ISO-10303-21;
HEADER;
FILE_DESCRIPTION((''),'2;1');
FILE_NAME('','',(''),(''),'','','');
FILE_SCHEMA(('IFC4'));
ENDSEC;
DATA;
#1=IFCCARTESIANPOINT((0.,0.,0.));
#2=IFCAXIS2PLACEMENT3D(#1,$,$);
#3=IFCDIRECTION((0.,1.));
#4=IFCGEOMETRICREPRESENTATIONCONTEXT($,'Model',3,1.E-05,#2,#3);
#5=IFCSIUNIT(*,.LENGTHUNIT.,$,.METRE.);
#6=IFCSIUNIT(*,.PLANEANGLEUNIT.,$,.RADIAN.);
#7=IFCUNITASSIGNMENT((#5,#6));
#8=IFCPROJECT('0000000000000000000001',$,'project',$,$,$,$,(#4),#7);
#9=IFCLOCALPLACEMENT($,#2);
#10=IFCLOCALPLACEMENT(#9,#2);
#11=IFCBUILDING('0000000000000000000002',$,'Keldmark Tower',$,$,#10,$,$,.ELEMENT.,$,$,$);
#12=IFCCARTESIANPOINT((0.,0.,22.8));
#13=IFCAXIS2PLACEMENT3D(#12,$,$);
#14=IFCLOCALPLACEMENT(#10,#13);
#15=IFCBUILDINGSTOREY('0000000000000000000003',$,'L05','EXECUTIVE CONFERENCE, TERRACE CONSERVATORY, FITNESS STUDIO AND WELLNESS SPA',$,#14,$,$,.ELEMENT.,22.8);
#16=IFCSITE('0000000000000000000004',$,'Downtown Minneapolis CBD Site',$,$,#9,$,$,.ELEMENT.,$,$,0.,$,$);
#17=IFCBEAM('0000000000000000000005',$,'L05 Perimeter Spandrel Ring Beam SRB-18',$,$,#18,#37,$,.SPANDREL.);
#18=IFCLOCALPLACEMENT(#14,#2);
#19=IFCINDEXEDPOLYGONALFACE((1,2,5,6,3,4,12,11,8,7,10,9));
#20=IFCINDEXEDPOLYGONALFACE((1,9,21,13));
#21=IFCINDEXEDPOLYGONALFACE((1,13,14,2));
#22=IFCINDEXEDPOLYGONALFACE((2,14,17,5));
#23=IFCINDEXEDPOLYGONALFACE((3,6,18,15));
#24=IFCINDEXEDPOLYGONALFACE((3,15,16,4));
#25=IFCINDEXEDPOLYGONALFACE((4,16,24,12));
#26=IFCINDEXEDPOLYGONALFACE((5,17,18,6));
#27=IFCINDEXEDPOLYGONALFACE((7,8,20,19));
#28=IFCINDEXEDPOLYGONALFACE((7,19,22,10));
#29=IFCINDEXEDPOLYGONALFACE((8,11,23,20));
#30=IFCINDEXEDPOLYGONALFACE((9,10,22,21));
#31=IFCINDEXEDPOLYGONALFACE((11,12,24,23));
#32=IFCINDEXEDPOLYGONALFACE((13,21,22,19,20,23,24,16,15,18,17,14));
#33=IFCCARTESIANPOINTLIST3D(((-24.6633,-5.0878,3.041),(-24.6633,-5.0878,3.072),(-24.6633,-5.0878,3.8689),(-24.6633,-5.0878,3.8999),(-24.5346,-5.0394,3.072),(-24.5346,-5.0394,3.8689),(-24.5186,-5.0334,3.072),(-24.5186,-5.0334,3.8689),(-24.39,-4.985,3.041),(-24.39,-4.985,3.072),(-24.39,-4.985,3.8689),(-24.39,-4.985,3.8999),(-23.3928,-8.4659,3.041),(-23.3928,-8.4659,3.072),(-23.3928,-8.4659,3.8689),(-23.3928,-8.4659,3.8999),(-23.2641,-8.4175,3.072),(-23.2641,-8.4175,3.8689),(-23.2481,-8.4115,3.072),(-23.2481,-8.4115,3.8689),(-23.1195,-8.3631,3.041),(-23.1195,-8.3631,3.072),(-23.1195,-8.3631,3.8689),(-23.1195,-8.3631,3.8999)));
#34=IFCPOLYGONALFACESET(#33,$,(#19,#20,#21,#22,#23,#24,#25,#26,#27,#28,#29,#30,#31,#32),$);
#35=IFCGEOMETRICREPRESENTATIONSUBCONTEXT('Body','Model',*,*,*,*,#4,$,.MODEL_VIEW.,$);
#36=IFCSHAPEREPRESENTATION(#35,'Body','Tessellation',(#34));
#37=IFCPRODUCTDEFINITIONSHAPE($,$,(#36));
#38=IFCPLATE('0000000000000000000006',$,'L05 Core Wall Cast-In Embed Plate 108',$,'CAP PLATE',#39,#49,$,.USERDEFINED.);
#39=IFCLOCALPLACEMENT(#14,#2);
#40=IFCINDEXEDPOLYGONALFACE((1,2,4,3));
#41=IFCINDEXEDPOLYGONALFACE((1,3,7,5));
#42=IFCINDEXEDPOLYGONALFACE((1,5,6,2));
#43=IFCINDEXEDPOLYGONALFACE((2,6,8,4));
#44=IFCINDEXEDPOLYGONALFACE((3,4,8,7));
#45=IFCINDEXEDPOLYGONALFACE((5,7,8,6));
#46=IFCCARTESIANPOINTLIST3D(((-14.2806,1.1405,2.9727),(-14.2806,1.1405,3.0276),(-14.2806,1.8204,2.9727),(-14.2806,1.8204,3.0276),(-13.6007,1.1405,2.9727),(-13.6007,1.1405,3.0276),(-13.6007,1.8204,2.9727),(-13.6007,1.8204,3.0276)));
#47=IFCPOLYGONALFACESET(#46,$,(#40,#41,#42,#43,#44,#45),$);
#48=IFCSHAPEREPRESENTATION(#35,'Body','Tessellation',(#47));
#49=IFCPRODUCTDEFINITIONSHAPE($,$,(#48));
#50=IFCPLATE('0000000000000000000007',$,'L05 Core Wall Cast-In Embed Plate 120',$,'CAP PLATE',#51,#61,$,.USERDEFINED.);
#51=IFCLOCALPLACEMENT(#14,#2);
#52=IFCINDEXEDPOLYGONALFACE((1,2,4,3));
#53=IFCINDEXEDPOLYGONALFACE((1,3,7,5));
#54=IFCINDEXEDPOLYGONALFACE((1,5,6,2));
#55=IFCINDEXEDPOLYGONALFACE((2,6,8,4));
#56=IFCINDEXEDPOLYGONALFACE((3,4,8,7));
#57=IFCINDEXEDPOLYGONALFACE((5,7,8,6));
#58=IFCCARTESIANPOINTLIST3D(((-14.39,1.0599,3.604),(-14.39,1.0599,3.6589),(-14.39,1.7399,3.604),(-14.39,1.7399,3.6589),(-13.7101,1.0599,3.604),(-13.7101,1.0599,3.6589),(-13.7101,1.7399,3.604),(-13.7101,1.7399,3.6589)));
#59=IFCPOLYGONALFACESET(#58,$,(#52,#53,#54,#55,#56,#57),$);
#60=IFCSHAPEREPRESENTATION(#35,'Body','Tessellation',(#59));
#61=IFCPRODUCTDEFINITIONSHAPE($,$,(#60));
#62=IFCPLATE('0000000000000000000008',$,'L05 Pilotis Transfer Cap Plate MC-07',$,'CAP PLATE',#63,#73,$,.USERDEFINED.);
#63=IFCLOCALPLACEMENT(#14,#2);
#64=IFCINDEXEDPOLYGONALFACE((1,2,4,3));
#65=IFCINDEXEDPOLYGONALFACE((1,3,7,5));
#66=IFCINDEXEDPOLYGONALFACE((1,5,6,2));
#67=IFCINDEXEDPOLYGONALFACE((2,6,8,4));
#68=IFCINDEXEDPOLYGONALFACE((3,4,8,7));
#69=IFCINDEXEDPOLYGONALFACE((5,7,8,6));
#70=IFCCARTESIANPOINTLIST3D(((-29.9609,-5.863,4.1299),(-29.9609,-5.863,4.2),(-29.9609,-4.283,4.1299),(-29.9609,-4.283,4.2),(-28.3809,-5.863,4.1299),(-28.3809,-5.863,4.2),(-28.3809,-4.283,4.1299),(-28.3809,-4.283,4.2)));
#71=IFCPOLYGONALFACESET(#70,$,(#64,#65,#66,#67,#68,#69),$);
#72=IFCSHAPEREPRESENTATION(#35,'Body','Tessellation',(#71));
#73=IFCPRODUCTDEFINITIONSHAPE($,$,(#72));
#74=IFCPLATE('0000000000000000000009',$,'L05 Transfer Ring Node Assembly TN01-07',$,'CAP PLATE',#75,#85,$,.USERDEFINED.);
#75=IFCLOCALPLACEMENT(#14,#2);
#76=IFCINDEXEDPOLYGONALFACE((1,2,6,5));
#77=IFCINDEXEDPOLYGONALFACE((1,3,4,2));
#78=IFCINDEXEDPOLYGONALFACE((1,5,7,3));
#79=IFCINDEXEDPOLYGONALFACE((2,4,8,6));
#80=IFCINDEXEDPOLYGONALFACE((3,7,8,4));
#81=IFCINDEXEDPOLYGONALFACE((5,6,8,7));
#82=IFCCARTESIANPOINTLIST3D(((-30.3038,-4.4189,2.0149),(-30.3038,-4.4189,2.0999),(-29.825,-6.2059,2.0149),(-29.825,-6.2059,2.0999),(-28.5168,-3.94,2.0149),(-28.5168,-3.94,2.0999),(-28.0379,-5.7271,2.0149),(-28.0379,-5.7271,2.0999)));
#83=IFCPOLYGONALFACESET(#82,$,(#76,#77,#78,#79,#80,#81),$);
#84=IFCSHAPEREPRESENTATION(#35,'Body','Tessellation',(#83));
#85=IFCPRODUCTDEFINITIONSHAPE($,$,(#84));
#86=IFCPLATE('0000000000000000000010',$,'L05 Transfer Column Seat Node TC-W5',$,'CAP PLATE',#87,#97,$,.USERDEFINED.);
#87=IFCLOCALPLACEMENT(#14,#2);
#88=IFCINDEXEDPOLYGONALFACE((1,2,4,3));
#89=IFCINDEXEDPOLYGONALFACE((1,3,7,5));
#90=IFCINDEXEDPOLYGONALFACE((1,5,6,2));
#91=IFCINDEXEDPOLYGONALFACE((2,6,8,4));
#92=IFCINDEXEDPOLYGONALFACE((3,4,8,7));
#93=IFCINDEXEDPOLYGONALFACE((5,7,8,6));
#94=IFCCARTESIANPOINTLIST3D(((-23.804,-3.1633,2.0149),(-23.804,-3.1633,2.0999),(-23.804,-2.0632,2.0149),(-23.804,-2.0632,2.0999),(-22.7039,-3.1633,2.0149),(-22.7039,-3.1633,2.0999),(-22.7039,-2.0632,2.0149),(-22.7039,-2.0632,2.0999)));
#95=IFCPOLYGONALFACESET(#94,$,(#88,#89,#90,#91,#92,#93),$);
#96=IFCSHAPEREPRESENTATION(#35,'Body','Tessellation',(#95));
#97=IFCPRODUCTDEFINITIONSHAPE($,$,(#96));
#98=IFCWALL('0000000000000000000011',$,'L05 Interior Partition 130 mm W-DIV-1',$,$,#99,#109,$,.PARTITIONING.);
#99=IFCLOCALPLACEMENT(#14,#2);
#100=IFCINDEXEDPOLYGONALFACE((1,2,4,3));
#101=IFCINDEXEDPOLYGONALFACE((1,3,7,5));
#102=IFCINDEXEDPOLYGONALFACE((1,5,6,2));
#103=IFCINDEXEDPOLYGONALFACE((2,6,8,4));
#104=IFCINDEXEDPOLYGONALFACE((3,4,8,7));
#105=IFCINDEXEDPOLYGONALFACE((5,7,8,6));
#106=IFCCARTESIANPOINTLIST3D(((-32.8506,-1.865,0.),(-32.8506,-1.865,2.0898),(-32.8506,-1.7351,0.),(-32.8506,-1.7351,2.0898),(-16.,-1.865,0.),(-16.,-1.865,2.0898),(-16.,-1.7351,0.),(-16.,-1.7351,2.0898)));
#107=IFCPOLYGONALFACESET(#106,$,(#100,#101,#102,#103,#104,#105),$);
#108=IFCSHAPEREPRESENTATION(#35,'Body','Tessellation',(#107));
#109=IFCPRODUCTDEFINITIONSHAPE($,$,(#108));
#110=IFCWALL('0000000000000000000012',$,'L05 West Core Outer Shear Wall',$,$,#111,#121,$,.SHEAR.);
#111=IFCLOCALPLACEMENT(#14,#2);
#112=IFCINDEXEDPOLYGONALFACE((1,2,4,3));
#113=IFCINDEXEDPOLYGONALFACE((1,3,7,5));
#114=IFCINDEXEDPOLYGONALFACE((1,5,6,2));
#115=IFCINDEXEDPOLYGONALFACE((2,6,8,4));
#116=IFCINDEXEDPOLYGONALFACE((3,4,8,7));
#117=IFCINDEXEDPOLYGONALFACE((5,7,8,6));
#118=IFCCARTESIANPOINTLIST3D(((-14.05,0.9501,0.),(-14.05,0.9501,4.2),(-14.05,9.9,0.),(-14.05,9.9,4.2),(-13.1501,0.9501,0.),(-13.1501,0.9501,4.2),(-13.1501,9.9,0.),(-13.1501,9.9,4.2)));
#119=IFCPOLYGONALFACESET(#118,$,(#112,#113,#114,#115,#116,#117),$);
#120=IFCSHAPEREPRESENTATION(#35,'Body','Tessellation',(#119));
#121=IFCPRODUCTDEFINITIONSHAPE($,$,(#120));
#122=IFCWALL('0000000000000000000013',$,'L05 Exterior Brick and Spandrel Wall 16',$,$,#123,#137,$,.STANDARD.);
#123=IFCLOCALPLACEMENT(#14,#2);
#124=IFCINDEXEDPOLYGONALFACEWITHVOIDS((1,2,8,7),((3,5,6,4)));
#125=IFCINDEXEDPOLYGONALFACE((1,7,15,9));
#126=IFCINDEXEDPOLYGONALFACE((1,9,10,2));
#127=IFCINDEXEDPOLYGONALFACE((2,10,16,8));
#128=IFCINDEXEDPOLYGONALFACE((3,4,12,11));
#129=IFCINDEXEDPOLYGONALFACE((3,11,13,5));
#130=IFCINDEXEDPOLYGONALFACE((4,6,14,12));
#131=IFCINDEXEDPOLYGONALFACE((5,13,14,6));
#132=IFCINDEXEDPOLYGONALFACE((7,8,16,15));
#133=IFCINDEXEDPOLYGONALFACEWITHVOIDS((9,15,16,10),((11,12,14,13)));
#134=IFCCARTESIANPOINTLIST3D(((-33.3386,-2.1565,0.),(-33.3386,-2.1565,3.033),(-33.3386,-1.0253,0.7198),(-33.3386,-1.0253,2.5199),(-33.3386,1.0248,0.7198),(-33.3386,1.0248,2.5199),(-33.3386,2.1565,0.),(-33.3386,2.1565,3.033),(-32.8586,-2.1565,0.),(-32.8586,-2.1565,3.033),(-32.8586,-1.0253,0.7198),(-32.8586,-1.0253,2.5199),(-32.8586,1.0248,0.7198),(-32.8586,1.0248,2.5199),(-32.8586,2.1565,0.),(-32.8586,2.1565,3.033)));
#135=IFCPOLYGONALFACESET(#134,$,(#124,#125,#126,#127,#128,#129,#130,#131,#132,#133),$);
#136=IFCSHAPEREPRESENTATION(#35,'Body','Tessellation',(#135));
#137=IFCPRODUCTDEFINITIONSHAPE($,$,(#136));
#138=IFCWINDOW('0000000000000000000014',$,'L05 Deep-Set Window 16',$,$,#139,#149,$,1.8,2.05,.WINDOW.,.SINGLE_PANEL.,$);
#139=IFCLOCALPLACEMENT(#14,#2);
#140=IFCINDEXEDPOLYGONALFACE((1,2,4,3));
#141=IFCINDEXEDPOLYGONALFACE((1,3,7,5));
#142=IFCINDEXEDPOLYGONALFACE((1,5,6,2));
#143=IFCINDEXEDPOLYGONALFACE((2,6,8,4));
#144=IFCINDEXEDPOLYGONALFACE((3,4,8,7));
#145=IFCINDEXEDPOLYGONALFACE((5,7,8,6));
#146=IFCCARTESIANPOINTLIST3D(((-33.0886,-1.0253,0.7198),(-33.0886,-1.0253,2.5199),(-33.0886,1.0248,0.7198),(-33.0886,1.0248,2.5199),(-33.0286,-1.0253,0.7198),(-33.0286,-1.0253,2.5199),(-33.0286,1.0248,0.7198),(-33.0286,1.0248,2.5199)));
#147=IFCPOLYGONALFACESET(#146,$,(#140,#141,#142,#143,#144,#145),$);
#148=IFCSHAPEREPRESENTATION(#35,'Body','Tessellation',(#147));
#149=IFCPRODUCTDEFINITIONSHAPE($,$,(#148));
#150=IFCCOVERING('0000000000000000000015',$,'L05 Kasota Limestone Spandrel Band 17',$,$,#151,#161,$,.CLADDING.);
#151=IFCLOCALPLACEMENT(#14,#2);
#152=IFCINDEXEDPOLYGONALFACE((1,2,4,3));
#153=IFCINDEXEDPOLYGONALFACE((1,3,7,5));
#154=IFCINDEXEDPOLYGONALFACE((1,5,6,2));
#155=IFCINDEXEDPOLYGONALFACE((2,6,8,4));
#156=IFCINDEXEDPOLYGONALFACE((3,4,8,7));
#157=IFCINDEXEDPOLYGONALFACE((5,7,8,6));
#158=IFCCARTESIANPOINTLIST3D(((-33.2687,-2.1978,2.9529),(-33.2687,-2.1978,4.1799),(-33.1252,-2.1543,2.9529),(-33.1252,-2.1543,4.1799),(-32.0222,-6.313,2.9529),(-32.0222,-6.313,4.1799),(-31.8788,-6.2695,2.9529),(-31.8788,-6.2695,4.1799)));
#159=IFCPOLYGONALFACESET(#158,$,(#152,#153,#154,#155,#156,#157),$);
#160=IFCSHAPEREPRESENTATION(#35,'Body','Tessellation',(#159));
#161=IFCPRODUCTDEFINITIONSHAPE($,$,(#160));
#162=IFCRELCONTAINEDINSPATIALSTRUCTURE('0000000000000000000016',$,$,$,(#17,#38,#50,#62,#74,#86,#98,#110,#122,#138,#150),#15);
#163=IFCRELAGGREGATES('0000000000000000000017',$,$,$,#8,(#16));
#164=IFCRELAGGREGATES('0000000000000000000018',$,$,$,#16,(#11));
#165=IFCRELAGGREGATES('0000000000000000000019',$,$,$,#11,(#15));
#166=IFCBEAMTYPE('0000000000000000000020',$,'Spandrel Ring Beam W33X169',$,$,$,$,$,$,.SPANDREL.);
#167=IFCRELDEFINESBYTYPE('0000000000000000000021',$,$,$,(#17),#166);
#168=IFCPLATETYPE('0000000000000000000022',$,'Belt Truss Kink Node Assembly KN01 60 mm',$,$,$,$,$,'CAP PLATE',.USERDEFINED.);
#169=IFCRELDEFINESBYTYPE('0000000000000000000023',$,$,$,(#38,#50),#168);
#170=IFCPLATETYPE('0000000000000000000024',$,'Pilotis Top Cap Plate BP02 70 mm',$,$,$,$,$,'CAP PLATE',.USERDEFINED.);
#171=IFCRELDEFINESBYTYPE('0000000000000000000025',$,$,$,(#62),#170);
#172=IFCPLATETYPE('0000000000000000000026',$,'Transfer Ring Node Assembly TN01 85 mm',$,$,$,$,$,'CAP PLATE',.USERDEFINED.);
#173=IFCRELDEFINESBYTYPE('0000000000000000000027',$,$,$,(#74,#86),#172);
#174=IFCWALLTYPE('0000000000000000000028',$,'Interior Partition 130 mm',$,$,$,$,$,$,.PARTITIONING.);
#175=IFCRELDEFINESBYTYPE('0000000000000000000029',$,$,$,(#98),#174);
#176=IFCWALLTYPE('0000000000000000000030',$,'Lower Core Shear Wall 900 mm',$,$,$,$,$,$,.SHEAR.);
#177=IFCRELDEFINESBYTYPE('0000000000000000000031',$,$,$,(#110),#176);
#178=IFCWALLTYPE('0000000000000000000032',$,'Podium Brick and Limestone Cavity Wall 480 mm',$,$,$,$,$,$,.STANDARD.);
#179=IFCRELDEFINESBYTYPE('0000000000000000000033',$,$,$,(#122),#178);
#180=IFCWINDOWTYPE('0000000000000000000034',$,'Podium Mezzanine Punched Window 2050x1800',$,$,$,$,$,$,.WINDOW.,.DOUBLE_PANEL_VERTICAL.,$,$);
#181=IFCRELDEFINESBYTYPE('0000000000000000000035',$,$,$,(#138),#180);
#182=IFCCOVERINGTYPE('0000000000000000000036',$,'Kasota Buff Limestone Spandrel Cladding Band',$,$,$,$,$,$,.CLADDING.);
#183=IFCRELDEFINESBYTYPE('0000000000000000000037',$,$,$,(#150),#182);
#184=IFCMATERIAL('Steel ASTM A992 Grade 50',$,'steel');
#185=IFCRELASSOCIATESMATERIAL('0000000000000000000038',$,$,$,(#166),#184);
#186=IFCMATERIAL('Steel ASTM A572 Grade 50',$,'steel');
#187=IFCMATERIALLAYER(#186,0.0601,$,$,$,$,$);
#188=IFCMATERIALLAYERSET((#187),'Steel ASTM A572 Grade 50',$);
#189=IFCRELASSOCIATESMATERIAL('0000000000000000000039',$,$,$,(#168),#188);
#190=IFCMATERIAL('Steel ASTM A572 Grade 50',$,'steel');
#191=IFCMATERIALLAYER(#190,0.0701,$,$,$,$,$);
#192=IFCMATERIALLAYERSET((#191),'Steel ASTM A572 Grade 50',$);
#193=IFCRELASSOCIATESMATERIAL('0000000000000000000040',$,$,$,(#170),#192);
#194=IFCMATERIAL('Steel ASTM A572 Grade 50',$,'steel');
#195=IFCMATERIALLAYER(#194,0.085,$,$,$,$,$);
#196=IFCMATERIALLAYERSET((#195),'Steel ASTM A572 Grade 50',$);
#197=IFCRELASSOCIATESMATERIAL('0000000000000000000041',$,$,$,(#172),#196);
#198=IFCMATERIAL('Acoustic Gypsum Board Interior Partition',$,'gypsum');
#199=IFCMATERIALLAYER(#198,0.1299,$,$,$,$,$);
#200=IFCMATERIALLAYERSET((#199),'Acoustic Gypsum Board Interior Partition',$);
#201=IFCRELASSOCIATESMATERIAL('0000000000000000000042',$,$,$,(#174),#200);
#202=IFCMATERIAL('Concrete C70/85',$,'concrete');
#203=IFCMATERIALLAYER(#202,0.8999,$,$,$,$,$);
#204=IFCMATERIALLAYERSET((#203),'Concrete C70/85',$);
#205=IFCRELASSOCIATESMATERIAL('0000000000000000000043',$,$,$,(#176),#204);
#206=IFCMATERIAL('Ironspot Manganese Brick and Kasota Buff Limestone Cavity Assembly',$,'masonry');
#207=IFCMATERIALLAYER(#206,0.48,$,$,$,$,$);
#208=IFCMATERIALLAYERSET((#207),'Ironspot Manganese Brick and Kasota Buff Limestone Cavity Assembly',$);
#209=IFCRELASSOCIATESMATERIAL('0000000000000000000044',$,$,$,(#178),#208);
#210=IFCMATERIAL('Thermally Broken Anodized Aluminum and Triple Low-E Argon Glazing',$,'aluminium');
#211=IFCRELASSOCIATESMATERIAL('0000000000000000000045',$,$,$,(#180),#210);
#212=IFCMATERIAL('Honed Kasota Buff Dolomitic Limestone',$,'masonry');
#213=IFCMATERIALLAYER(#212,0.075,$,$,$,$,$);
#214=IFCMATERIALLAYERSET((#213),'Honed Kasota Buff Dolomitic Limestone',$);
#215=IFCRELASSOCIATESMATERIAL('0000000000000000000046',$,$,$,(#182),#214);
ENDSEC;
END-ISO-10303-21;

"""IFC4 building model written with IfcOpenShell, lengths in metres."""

from ifc_helpers import new_model, si_unit, direction, frame, frame_2d, origin, origin_2d, place, context, subcontext, project, spatial, rectangle, i_section, extrude, material, layer, layer_set, material_profile, profile_set, type_object, element, fill, save


model = new_model("IFC4")

# Units and contexts
model_context = context("Model", 3, precision=1e-05, world=origin(), true_north=direction((0.0, 1.0)))
body_context = subcontext(model_context, "Body", "Model", "MODEL_VIEW")
ifc_project = project(units=[si_unit("LENGTHUNIT", "METRE"), si_unit("PLANEANGLEUNIT", "RADIAN")], contexts=[model_context])

# Site, building, storey
site_placement = place(None, origin())
site = spatial("IfcSite", under=ifc_project, at=site_placement, Name="Downtown Minneapolis CBD Site", CompositionType="ELEMENT", RefElevation=0.0)
building_placement = place(site_placement, origin())
building = spatial("IfcBuilding", under=site, at=building_placement, Name="Keldmark Tower", CompositionType="ELEMENT")
storey_placement = place(building_placement, frame((0.0, 0.0, 22.8)))
storey = spatial("IfcBuildingStorey", under=building, at=storey_placement, Name="L05", Description="EXECUTIVE CONFERENCE, TERRACE CONSERVATORY, FITNESS STUDIO AND WELLNESS SPA", CompositionType="ELEMENT", Elevation=22.8)

# Beam
ifc_material_1 = material(Name="Steel ASTM A992 Grade 50", Category="steel")
ifc_material_profile_1 = material_profile(ifc_material_1, i_section(OverallWidth=0.292, OverallDepth=0.8589, WebThickness=0.0171, FlangeThickness=0.031, at=origin_2d()), Name="W33X169")
ifc_profile_set_1 = profile_set([ifc_material_profile_1], Name="Steel ASTM A992 Grade 50")
beam_type_1 = type_object("IfcBeamType", Name="Spandrel Ring Beam W33X169", PredefinedType="SPANDREL", material=ifc_profile_set_1)
beam_1_placement = place(storey_placement, frame((-24.5266, -5.0364, 3.4705), z_axis=(0.35202, -0.935992, 0.0), x_axis=(0.935992, 0.35202, 0.0)))
element("IfcBeam", 1, at=beam_1_placement, inside=storey, type_object=beam_type_1, Name="L05 Perimeter Spandrel Ring Beam SRB-18", PredefinedType="SPANDREL", context=body_context, shape_type="SweptSolid", body=[
    extrude(i_section(OverallWidth=0.292, OverallDepth=0.8589, WebThickness=0.0171, FlangeThickness=0.031, at=origin_2d()), origin(), (0.0, 0.0, 1.0), 3.6091),
])

# Plates
ifc_material_2 = material(Name="Steel ASTM A572 Grade 50", Category="steel")
ifc_layer_1 = layer(ifc_material_2, 0.0601)
ifc_layer_set_1 = layer_set([ifc_layer_1], Name="Steel ASTM A572 Grade 50")
plate_type_1 = type_object("IfcPlateType", Name="Belt Truss Kink Node Assembly KN01 60 mm", ElementType="CAP PLATE", PredefinedType="USERDEFINED", material=ifc_layer_set_1)
for number, where, z_axis, x_axis, name in (
    (2, (-13.9407, 1.4805, 2.9727), (0.0, 0.0, 1.0), (1.0, 0.0, 0.0), "L05 Core Wall Cast-In Embed Plate 108"),
    (3, (-14.05, 1.3999, 3.604), (0.0, 0.0, 1.0), (1.0, 0.0, 0.0), "L05 Core Wall Cast-In Embed Plate 120"),
):
    element("IfcPlate", number, at=place(storey_placement, frame(where, z_axis=z_axis, x_axis=x_axis)), inside=storey, type_object=plate_type_1, Name=name, ObjectType="CAP PLATE", PredefinedType="USERDEFINED", context=body_context, shape_type="SweptSolid", body=[
        extrude(rectangle(XDim=0.6799, YDim=0.6799, at=origin_2d()), origin(), (0.0, 0.0, 1.0), 0.0549),
    ])
ifc_material_3 = material(Name="Steel ASTM A572 Grade 50", Category="steel")
ifc_layer_2 = layer(ifc_material_3, 0.0701)
ifc_layer_set_2 = layer_set([ifc_layer_2], Name="Steel ASTM A572 Grade 50")
plate_type_2 = type_object("IfcPlateType", Name="Pilotis Top Cap Plate BP02 70 mm", ElementType="CAP PLATE", PredefinedType="USERDEFINED", material=ifc_layer_set_2)
plate_1_placement = place(storey_placement, frame((-29.1709, -5.073, 4.1299), z_axis=(0.0, 0.0, 1.0), x_axis=(1.0, 0.0, 0.0)))
element("IfcPlate", 4, at=plate_1_placement, inside=storey, type_object=plate_type_2, Name="L05 Pilotis Transfer Cap Plate MC-07", ObjectType="CAP PLATE", PredefinedType="USERDEFINED", context=body_context, shape_type="SweptSolid", body=[
    extrude(rectangle(XDim=1.5801, YDim=1.5801, at=origin_2d()), origin(), (0.0, 0.0, 1.0), 0.0701),
])
ifc_material_4 = material(Name="Steel ASTM A572 Grade 50", Category="steel")
ifc_layer_3 = layer(ifc_material_4, 0.085)
ifc_layer_set_3 = layer_set([ifc_layer_3], Name="Steel ASTM A572 Grade 50")
plate_type_3 = type_object("IfcPlateType", Name="Transfer Ring Node Assembly TN01 85 mm", ElementType="CAP PLATE", PredefinedType="USERDEFINED", material=ifc_layer_set_3)
plate_2_placement = place(storey_placement, frame((-29.1709, -5.073, 2.0149), z_axis=(0.0, 0.0, 1.0), x_axis=(-0.965926, -0.258819, 0.0)))
element("IfcPlate", 5, at=plate_2_placement, inside=storey, type_object=plate_type_3, Name="L05 Transfer Ring Node Assembly TN01-07", ObjectType="CAP PLATE", PredefinedType="USERDEFINED", context=body_context, shape_type="SweptSolid", body=[
    extrude(rectangle(XDim=1.8501, YDim=1.8501, at=origin_2d()), origin(), (0.0, 0.0, 1.0), 0.085),
])
plate_3_placement = place(storey_placement, frame((-23.2539, -2.6133, 2.0149), z_axis=(0.0, 0.0, 1.0), x_axis=(1.0, 0.0, 0.0)))
element("IfcPlate", 6, at=plate_3_placement, inside=storey, type_object=plate_type_3, Name="L05 Transfer Column Seat Node TC-W5", ObjectType="CAP PLATE", PredefinedType="USERDEFINED", context=body_context, shape_type="SweptSolid", body=[
    extrude(rectangle(XDim=1.1001, YDim=1.1001, at=origin_2d()), origin(), (0.0, 0.0, 1.0), 0.085),
])

# Walls
ifc_material_5 = material(Name="Acoustic Gypsum Board Interior Partition", Category="gypsum")
ifc_layer_4 = layer(ifc_material_5, 0.1299)
ifc_layer_set_4 = layer_set([ifc_layer_4], Name="Acoustic Gypsum Board Interior Partition")
wall_type_1 = type_object("IfcWallType", Name="Interior Partition 130 mm", PredefinedType="PARTITIONING", material=ifc_layer_set_4)
wall_1_placement = place(storey_placement, frame((-32.8506, -1.8, 0.0), z_axis=(0.0, 0.0, 1.0), x_axis=(1.0, 0.0, 0.0)))
element("IfcWall", 7, at=wall_1_placement, inside=storey, type_object=wall_type_1, Name="L05 Interior Partition 130 mm W-DIV-1", PredefinedType="PARTITIONING", context=body_context, shape_type="SweptSolid", body=[
    extrude(rectangle(XDim=16.8506, YDim=0.1299, at=frame_2d((8.4253, 0.0))), origin(), (0.0, 0.0, 1.0), 2.0898),
])
ifc_material_6 = material(Name="Concrete C70/85", Category="concrete")
ifc_layer_5 = layer(ifc_material_6, 0.8999)
ifc_layer_set_5 = layer_set([ifc_layer_5], Name="Concrete C70/85")
wall_type_2 = type_object("IfcWallType", Name="Lower Core Shear Wall 900 mm", PredefinedType="SHEAR", material=ifc_layer_set_5)
wall_2_placement = place(storey_placement, frame((-13.6001, 0.95, 0.0), z_axis=(0.0, 0.0, 1.0), x_axis=(0.0, 1.0, 0.0)))
element("IfcWall", 8, at=wall_2_placement, inside=storey, type_object=wall_type_2, Name="L05 West Core Outer Shear Wall", PredefinedType="SHEAR", context=body_context, shape_type="SweptSolid", body=[
    extrude(rectangle(XDim=8.95, YDim=0.8999, at=frame_2d((4.4751, 0.0))), origin(), (0.0, 0.0, 1.0), 4.2),
])

# Wall, opening, window
ifc_material_7 = material(Name="Ironspot Manganese Brick and Kasota Buff Limestone Cavity Assembly", Category="masonry")
ifc_layer_6 = layer(ifc_material_7, 0.48)
ifc_layer_set_6 = layer_set([ifc_layer_6], Name="Ironspot Manganese Brick and Kasota Buff Limestone Cavity Assembly")
wall_type_3 = type_object("IfcWallType", Name="Podium Brick and Limestone Cavity Wall 480 mm", PredefinedType="STANDARD", material=ifc_layer_set_6)
wall_3_placement = place(storey_placement, frame((-33.0986, -2.1565, 0.0), z_axis=(0.0, 0.0, 1.0), x_axis=(0.0, 1.0, 0.0)))
wall_3 = element("IfcWall", 9, at=wall_3_placement, inside=storey, type_object=wall_type_3, Name="L05 Exterior Brick and Spandrel Wall 16", PredefinedType="STANDARD", context=body_context, shape_type="SweptSolid", body=[
    extrude(rectangle(XDim=4.313, YDim=0.48, at=frame_2d((2.1565, 0.0))), origin(), (0.0, 0.0, 1.0), 3.033),
])
opening_placement = place(wall_3_placement, frame((1.1313, 0.0, 0.72)))
opening = element("IfcOpeningElement", 10, at=opening_placement, cuts=wall_3, PredefinedType="OPENING", context=body_context, shape_type="SweptSolid", body=[
    extrude(rectangle(XDim=2.05, YDim=1.8, at=frame_2d((1.0249, 0.8999))), frame((0.0, 0.25, 0.0), z_axis=(0.0, -1.0, 0.0), x_axis=(1.0, 0.0, 0.0)), (0.0, 0.0, 1.0), 0.5),
])
ifc_material_8 = material(Name="Thermally Broken Anodized Aluminum and Triple Low-E Argon Glazing", Category="aluminium")
window_type = type_object("IfcWindowType", Name="Podium Mezzanine Punched Window 2050x1800", PartitioningType="DOUBLE_PANEL_VERTICAL", PredefinedType="WINDOW", material=ifc_material_8)
window_placement = place(opening_placement, origin())
window = element("IfcWindow", 11, at=window_placement, inside=storey, type_object=window_type, Name="L05 Deep-Set Window 16", OverallHeight=1.8, OverallWidth=2.05, PartitioningType="SINGLE_PANEL", PredefinedType="WINDOW", context=body_context, shape_type="SweptSolid", body=[
    extrude(rectangle(XDim=2.05, YDim=1.8, at=frame_2d((1.0249, 0.8999))), frame((0.0, -0.01, 0.0), z_axis=(0.0, -1.0, 0.0), x_axis=(1.0, 0.0, 0.0)), (0.0, 0.0, 1.0), 0.0601),
])
fill(opening, window)

# Covering
ifc_material_9 = material(Name="Honed Kasota Buff Dolomitic Limestone", Category="masonry")
ifc_layer_7 = layer(ifc_material_9, 0.075)
ifc_layer_set_7 = layer_set([ifc_layer_7], Name="Honed Kasota Buff Dolomitic Limestone")
covering_type = type_object("IfcCoveringType", Name="Kasota Buff Limestone Spandrel Cladding Band", PredefinedType="CLADDING", material=ifc_layer_set_7)
covering_placement = place(storey_placement, frame((-32.5737, -4.2336, 2.9529), z_axis=(0.0, 0.0, 1.0), x_axis=(0.289884, -0.957062, 0.0)))
element("IfcCovering", 12, at=covering_placement, inside=storey, type_object=covering_type, Name="L05 Kasota Limestone Spandrel Band 17", PredefinedType="CLADDING", context=body_context, shape_type="SweptSolid", body=[
    extrude(rectangle(XDim=4.2998, YDim=0.1499, at=origin_2d()), origin(), (0.0, 0.0, 1.0), 1.2271),
])

save(model, "model.ifc")
